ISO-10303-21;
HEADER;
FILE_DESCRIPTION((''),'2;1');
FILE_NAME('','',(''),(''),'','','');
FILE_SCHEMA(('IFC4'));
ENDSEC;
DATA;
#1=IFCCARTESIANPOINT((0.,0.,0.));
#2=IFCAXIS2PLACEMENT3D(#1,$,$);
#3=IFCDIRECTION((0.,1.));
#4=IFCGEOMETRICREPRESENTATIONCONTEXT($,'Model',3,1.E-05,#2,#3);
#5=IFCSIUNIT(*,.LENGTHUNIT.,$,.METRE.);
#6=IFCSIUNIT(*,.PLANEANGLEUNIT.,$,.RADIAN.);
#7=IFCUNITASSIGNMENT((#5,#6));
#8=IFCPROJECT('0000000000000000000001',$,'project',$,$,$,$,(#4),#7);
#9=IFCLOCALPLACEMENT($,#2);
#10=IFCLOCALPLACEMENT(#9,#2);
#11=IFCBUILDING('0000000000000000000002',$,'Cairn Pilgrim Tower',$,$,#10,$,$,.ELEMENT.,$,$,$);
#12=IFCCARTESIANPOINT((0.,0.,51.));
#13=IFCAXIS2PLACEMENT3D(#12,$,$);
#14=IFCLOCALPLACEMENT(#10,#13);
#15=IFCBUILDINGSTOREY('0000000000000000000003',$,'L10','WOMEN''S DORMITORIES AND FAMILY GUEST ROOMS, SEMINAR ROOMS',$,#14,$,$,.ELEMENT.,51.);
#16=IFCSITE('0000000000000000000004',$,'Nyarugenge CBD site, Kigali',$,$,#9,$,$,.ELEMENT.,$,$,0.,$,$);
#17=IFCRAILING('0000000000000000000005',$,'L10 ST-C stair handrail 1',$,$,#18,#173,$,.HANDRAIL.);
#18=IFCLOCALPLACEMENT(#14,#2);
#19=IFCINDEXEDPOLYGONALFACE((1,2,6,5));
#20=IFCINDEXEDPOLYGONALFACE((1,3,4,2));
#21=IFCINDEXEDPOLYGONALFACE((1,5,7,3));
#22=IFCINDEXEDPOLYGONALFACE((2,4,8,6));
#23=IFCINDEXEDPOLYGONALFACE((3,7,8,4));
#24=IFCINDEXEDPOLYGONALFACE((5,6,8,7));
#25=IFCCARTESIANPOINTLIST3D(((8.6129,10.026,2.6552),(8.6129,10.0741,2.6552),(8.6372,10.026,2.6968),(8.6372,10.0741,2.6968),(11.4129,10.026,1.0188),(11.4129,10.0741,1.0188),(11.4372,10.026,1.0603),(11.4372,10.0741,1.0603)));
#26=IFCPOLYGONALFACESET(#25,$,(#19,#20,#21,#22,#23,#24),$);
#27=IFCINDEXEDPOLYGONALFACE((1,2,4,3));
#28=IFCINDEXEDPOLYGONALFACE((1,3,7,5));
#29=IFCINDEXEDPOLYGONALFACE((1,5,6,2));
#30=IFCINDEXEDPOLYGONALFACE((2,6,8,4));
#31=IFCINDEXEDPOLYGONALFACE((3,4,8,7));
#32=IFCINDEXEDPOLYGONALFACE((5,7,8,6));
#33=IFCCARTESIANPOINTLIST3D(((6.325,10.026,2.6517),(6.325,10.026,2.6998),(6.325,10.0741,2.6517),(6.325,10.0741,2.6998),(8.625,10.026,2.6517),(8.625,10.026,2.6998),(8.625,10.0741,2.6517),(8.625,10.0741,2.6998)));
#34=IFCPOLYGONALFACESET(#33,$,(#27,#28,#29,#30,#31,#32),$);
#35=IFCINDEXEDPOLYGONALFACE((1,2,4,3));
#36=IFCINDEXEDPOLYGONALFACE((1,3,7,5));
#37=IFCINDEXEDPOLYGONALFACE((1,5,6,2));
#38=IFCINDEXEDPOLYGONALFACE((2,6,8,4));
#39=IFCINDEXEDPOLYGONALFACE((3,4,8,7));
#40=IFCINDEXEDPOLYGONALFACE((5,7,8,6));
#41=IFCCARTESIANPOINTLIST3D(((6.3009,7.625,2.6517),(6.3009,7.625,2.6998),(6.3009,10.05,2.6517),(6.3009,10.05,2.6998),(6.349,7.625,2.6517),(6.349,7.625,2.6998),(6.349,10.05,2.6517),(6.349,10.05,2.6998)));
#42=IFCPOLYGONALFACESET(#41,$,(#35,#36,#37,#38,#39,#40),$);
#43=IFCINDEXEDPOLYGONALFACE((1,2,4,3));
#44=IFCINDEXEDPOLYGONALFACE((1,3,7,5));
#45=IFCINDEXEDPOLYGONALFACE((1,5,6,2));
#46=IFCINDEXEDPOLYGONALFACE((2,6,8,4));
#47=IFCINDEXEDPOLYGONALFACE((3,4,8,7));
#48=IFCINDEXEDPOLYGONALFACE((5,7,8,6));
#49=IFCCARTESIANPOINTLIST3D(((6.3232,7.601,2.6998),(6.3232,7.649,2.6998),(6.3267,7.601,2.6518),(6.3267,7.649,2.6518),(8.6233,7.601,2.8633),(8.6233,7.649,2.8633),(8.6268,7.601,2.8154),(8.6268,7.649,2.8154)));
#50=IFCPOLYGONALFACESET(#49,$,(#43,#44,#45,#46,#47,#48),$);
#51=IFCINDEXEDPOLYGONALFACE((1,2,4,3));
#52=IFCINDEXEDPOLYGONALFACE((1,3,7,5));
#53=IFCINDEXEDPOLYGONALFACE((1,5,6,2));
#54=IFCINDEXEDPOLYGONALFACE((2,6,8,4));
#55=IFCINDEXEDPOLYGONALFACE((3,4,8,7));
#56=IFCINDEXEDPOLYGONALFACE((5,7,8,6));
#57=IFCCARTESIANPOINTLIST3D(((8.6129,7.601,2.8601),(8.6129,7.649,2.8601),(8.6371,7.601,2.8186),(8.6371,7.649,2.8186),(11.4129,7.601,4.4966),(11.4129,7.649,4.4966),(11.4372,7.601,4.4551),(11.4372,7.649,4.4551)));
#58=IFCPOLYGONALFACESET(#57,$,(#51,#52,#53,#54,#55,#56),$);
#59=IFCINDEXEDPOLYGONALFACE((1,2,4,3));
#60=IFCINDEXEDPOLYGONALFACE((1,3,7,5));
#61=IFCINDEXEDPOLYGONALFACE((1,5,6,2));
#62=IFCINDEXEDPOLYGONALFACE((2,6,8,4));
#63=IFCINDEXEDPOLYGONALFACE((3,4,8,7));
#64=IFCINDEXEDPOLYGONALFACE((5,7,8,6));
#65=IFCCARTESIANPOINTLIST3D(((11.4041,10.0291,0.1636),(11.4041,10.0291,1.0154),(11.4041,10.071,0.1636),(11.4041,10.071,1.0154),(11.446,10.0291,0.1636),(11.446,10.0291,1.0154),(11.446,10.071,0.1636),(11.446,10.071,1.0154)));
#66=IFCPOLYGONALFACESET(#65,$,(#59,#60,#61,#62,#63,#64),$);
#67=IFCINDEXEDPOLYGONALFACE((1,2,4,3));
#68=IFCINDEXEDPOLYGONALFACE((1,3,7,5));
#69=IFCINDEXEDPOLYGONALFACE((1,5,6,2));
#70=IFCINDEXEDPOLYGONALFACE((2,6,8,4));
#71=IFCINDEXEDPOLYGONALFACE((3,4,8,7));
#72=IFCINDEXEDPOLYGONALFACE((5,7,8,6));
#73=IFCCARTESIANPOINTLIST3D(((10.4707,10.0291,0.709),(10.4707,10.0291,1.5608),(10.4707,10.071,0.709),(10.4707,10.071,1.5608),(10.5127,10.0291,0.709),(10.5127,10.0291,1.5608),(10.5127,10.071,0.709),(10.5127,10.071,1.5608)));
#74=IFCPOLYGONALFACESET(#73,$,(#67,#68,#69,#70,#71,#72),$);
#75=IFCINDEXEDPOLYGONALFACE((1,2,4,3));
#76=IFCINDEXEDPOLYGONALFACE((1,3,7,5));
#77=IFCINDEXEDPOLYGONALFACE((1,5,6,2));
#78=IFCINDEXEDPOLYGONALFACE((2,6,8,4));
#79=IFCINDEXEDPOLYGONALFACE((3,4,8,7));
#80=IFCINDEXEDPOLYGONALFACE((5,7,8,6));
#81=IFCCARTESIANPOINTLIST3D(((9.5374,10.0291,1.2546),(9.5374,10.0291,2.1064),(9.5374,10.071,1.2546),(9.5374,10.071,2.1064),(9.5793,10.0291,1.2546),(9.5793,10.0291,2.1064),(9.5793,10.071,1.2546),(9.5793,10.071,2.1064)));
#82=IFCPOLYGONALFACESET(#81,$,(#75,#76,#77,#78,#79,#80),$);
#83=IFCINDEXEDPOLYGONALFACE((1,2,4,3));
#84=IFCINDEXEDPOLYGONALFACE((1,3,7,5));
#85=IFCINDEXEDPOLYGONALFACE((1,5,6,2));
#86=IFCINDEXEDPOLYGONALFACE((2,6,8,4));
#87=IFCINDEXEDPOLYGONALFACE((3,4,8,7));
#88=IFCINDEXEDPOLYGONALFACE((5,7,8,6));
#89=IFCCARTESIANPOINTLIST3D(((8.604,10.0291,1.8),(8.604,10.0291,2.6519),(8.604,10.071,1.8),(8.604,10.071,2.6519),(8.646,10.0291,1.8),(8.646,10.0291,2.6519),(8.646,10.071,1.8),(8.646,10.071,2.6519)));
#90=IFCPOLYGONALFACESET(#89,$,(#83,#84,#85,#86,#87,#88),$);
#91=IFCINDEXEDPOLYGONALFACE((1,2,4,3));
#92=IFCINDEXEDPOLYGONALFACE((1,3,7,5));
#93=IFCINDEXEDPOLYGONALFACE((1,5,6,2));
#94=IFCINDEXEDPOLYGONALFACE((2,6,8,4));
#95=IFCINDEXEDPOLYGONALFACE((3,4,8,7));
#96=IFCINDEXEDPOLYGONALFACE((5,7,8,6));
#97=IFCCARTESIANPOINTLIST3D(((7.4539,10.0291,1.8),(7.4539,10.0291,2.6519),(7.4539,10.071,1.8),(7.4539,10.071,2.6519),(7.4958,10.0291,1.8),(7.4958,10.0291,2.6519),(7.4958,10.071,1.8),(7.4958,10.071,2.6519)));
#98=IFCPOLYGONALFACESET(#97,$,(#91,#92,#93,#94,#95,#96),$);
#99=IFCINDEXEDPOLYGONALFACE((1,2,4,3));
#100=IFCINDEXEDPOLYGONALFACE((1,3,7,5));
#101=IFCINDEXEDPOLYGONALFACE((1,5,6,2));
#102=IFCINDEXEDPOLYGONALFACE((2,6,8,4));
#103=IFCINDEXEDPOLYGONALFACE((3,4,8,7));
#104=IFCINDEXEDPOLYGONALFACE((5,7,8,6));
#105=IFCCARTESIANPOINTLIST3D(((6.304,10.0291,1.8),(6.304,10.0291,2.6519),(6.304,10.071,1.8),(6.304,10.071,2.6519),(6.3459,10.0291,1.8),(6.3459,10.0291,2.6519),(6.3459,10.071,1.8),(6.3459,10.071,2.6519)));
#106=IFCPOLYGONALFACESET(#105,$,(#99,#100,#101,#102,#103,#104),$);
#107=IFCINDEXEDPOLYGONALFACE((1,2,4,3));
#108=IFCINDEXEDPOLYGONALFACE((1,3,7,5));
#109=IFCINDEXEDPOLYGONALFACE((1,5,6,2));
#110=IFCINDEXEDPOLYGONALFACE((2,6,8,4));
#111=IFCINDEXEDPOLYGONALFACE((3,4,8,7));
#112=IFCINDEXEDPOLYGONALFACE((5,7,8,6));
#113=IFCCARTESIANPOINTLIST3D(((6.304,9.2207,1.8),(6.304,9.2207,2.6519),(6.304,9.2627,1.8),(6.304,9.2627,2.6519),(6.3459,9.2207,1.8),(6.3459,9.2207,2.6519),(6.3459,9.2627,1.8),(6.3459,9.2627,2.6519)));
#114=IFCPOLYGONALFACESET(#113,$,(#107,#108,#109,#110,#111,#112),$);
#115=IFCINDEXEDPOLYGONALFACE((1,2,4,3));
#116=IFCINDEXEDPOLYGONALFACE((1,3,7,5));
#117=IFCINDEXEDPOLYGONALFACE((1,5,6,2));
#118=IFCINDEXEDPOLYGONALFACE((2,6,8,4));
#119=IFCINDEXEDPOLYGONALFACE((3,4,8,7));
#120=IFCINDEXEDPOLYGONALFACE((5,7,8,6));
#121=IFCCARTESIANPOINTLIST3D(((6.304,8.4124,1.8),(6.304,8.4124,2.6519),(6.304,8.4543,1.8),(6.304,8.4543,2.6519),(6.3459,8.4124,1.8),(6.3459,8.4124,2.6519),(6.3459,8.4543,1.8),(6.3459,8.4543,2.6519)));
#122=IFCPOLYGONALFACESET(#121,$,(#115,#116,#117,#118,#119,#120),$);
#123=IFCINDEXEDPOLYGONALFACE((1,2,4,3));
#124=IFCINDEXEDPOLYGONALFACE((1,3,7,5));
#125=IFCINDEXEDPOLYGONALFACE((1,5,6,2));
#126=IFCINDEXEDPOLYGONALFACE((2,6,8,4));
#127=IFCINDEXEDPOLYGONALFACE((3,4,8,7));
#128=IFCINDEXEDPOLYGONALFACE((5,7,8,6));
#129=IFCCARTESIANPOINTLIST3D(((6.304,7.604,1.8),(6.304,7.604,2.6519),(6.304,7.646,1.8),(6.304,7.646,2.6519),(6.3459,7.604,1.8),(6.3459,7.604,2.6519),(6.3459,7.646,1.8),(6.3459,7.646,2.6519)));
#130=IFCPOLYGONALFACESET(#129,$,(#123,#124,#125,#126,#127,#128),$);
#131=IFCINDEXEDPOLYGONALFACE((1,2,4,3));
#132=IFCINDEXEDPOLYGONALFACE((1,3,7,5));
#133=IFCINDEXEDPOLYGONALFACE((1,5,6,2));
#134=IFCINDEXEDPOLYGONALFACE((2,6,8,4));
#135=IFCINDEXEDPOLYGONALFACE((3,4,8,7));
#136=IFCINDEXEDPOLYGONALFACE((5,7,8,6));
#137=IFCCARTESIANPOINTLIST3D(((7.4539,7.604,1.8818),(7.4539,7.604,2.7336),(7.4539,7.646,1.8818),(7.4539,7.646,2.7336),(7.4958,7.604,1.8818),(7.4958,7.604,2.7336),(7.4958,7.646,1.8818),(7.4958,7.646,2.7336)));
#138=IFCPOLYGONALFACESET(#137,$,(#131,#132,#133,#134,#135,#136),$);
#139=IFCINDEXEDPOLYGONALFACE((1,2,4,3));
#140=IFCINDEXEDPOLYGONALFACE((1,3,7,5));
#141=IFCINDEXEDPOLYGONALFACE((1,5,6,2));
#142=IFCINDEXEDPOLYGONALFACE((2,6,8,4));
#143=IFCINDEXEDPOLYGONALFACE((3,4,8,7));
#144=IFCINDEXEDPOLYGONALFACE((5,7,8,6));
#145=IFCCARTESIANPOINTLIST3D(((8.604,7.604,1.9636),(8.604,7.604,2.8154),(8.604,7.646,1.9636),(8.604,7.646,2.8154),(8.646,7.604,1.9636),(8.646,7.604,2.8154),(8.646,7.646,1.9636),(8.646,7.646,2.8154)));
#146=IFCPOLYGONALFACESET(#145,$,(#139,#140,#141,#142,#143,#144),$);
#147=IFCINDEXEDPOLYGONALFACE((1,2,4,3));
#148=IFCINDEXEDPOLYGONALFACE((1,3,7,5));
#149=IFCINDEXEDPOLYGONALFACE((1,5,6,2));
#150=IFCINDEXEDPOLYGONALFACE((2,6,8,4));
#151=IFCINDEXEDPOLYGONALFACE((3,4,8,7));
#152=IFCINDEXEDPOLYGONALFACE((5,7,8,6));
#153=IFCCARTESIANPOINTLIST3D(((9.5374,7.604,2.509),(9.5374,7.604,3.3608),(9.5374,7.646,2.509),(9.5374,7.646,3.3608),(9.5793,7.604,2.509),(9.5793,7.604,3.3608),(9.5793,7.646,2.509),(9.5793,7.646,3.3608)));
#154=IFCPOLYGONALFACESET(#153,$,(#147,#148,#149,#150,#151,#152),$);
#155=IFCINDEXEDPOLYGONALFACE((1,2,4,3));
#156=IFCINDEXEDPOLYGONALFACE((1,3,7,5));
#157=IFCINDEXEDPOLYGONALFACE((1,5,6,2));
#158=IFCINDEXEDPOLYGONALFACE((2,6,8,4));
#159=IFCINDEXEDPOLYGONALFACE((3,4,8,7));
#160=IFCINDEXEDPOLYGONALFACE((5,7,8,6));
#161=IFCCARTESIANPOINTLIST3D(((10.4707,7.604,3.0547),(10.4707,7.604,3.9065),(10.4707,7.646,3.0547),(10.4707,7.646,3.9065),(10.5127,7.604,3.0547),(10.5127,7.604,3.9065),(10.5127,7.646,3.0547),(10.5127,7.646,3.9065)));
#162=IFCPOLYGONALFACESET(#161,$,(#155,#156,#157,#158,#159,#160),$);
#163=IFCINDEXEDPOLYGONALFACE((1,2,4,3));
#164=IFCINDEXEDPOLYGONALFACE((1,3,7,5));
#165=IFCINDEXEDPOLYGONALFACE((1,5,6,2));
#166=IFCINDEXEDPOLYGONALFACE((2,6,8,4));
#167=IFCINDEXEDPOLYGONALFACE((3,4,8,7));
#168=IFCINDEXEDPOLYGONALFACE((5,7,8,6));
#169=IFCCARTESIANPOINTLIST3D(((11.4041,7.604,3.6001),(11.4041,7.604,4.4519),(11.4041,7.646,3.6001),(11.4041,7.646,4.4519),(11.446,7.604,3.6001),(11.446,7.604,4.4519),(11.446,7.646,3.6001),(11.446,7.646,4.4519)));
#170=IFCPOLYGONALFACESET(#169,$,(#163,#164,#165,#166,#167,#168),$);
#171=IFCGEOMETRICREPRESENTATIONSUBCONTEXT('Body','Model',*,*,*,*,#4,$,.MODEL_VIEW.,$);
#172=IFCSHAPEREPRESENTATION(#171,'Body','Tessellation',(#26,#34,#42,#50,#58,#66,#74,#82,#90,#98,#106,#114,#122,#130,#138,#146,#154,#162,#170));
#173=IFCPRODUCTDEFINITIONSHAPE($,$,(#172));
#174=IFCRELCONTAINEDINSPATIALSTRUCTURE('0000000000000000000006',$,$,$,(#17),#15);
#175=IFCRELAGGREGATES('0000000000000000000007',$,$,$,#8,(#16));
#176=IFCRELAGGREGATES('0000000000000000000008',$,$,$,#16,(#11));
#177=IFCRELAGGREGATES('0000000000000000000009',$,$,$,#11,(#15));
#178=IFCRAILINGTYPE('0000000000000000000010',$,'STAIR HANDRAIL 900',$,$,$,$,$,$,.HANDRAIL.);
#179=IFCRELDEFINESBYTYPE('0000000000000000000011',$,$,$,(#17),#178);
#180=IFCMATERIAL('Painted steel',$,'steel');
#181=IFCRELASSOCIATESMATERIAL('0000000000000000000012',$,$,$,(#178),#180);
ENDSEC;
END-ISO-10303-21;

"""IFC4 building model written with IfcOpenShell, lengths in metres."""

from ifc_helpers import new_model, si_unit, direction, frame, origin, origin_2d, place, context, subcontext, project, spatial, rectangle, extrude, material, type_object, element, save


model = new_model("IFC4")

# Units and contexts
model_context = context("Model", 3, precision=1e-05, world=origin(), true_north=direction((0.0, 1.0)))
body_context = subcontext(model_context, "Body", "Model", "MODEL_VIEW")
ifc_project = project(units=[si_unit("LENGTHUNIT", "METRE"), si_unit("PLANEANGLEUNIT", "RADIAN")], contexts=[model_context])

# Site, building, storey
site_placement = place(None, origin())
site = spatial("IfcSite", under=ifc_project, at=site_placement, Name="Nyarugenge CBD site, Kigali", CompositionType="ELEMENT", RefElevation=0.0)
building_placement = place(site_placement, origin())
building = spatial("IfcBuilding", under=site, at=building_placement, Name="Cairn Pilgrim Tower", CompositionType="ELEMENT")
storey_placement = place(building_placement, frame((0.0, 0.0, 51.0)))
storey = spatial("IfcBuildingStorey", under=building, at=storey_placement, Name="L10", Description="WOMEN'S DORMITORIES AND FAMILY GUEST ROOMS, SEMINAR ROOMS", CompositionType="ELEMENT", Elevation=51.0)

# Shared definitions
ifc_material_1 = material(Name="Painted steel", Category="steel")

# Railing
railing_type_1 = type_object("IfcRailingType", Name="STAIR HANDRAIL 900", PredefinedType="HANDRAIL", material=ifc_material_1)
railing_1_placement = place(storey_placement, frame((11.425, 10.05, 0.1636)))
element("IfcRailing", 1, at=railing_1_placement, inside=storey, type_object=railing_type_1, Name="L10 ST-C stair handrail 1", PredefinedType="HANDRAIL", context=body_context, shape_type="SweptSolid", body=[
    extrude(rectangle(XDim=0.0481, YDim=0.0481, at=origin_2d()), frame((0.0, 0.0, 0.876), z_axis=(-0.863361, 0.0, 0.504587), x_axis=(0.0, -1.0, 0.0)), (0.0, 0.0, 1.0), 3.2432),
    extrude(rectangle(XDim=0.0481, YDim=0.0481, at=origin_2d()), frame((-2.8, 0.0, 2.5122), z_axis=(-1.0, 0.0, 0.0), x_axis=(0.0, -1.0, 0.0)), (0.0, 0.0, 1.0), 2.3),
    extrude(rectangle(XDim=0.0481, YDim=0.0481, at=origin_2d()), frame((-5.1001, 0.0, 2.5122), z_axis=(0.0, -1.0, 0.0), x_axis=(1.0, 0.0, 0.0)), (0.0, 0.0, 1.0), 2.425),
    extrude(rectangle(XDim=0.0481, YDim=0.0481, at=origin_2d()), frame((-5.1001, -2.425, 2.5122), z_axis=(0.997481, 0.0, 0.070939), x_axis=(0.0, 1.0, 0.0)), (0.0, 0.0, 1.0), 2.3059),
    extrude(rectangle(XDim=0.0481, YDim=0.0481, at=origin_2d()), frame((-2.8, -2.425, 2.6758), z_axis=(0.863361, 0.0, 0.504587), x_axis=(0.0, 1.0, 0.0)), (0.0, 0.0, 1.0), 3.2432),
    extrude(rectangle(XDim=0.042, YDim=0.042, at=origin_2d()), origin(), (0.0, 0.0, 1.0), 0.8518),
    extrude(rectangle(XDim=0.042, YDim=0.042, at=origin_2d()), frame((-0.9333, 0.0, 0.5454)), (0.0, 0.0, 1.0), 0.8518),
    extrude(rectangle(XDim=0.042, YDim=0.042, at=origin_2d()), frame((-1.8667, 0.0, 1.0911)), (0.0, 0.0, 1.0), 0.8518),
    extrude(rectangle(XDim=0.042, YDim=0.042, at=origin_2d()), frame((-2.8, 0.0, 1.6365)), (0.0, 0.0, 1.0), 0.8518),
    extrude(rectangle(XDim=0.042, YDim=0.042, at=origin_2d()), frame((-3.9502, 0.0, 1.6365)), (0.0, 0.0, 1.0), 0.8518),
    extrude(rectangle(XDim=0.042, YDim=0.042, at=origin_2d()), frame((-5.1001, 0.0, 1.6365)), (0.0, 0.0, 1.0), 0.8518),
    extrude(rectangle(XDim=0.042, YDim=0.042, at=origin_2d()), frame((-5.1001, -0.8083, 1.6365)), (0.0, 0.0, 1.0), 0.8518),
    extrude(rectangle(XDim=0.042, YDim=0.042, at=origin_2d()), frame((-5.1001, -1.6167, 1.6365)), (0.0, 0.0, 1.0), 0.8518),
    extrude(rectangle(XDim=0.042, YDim=0.042, at=origin_2d()), frame((-5.1001, -2.425, 1.6365)), (0.0, 0.0, 1.0), 0.8518),
    extrude(rectangle(XDim=0.042, YDim=0.042, at=origin_2d()), frame((-3.9502, -2.425, 1.7183)), (0.0, 0.0, 1.0), 0.8518),
    extrude(rectangle(XDim=0.042, YDim=0.042, at=origin_2d()), frame((-2.8, -2.425, 1.8)), (0.0, 0.0, 1.0), 0.8518),
    extrude(rectangle(XDim=0.042, YDim=0.042, at=origin_2d()), frame((-1.8667, -2.425, 2.3455)), (0.0, 0.0, 1.0), 0.8518),
    extrude(rectangle(XDim=0.042, YDim=0.042, at=origin_2d()), frame((-0.9333, -2.425, 2.8911)), (0.0, 0.0, 1.0), 0.8518),
    extrude(rectangle(XDim=0.042, YDim=0.042, at=origin_2d()), frame((0.0, -2.425, 3.4365)), (0.0, 0.0, 1.0), 0.8518),
])

save(model, "model.ifc")
